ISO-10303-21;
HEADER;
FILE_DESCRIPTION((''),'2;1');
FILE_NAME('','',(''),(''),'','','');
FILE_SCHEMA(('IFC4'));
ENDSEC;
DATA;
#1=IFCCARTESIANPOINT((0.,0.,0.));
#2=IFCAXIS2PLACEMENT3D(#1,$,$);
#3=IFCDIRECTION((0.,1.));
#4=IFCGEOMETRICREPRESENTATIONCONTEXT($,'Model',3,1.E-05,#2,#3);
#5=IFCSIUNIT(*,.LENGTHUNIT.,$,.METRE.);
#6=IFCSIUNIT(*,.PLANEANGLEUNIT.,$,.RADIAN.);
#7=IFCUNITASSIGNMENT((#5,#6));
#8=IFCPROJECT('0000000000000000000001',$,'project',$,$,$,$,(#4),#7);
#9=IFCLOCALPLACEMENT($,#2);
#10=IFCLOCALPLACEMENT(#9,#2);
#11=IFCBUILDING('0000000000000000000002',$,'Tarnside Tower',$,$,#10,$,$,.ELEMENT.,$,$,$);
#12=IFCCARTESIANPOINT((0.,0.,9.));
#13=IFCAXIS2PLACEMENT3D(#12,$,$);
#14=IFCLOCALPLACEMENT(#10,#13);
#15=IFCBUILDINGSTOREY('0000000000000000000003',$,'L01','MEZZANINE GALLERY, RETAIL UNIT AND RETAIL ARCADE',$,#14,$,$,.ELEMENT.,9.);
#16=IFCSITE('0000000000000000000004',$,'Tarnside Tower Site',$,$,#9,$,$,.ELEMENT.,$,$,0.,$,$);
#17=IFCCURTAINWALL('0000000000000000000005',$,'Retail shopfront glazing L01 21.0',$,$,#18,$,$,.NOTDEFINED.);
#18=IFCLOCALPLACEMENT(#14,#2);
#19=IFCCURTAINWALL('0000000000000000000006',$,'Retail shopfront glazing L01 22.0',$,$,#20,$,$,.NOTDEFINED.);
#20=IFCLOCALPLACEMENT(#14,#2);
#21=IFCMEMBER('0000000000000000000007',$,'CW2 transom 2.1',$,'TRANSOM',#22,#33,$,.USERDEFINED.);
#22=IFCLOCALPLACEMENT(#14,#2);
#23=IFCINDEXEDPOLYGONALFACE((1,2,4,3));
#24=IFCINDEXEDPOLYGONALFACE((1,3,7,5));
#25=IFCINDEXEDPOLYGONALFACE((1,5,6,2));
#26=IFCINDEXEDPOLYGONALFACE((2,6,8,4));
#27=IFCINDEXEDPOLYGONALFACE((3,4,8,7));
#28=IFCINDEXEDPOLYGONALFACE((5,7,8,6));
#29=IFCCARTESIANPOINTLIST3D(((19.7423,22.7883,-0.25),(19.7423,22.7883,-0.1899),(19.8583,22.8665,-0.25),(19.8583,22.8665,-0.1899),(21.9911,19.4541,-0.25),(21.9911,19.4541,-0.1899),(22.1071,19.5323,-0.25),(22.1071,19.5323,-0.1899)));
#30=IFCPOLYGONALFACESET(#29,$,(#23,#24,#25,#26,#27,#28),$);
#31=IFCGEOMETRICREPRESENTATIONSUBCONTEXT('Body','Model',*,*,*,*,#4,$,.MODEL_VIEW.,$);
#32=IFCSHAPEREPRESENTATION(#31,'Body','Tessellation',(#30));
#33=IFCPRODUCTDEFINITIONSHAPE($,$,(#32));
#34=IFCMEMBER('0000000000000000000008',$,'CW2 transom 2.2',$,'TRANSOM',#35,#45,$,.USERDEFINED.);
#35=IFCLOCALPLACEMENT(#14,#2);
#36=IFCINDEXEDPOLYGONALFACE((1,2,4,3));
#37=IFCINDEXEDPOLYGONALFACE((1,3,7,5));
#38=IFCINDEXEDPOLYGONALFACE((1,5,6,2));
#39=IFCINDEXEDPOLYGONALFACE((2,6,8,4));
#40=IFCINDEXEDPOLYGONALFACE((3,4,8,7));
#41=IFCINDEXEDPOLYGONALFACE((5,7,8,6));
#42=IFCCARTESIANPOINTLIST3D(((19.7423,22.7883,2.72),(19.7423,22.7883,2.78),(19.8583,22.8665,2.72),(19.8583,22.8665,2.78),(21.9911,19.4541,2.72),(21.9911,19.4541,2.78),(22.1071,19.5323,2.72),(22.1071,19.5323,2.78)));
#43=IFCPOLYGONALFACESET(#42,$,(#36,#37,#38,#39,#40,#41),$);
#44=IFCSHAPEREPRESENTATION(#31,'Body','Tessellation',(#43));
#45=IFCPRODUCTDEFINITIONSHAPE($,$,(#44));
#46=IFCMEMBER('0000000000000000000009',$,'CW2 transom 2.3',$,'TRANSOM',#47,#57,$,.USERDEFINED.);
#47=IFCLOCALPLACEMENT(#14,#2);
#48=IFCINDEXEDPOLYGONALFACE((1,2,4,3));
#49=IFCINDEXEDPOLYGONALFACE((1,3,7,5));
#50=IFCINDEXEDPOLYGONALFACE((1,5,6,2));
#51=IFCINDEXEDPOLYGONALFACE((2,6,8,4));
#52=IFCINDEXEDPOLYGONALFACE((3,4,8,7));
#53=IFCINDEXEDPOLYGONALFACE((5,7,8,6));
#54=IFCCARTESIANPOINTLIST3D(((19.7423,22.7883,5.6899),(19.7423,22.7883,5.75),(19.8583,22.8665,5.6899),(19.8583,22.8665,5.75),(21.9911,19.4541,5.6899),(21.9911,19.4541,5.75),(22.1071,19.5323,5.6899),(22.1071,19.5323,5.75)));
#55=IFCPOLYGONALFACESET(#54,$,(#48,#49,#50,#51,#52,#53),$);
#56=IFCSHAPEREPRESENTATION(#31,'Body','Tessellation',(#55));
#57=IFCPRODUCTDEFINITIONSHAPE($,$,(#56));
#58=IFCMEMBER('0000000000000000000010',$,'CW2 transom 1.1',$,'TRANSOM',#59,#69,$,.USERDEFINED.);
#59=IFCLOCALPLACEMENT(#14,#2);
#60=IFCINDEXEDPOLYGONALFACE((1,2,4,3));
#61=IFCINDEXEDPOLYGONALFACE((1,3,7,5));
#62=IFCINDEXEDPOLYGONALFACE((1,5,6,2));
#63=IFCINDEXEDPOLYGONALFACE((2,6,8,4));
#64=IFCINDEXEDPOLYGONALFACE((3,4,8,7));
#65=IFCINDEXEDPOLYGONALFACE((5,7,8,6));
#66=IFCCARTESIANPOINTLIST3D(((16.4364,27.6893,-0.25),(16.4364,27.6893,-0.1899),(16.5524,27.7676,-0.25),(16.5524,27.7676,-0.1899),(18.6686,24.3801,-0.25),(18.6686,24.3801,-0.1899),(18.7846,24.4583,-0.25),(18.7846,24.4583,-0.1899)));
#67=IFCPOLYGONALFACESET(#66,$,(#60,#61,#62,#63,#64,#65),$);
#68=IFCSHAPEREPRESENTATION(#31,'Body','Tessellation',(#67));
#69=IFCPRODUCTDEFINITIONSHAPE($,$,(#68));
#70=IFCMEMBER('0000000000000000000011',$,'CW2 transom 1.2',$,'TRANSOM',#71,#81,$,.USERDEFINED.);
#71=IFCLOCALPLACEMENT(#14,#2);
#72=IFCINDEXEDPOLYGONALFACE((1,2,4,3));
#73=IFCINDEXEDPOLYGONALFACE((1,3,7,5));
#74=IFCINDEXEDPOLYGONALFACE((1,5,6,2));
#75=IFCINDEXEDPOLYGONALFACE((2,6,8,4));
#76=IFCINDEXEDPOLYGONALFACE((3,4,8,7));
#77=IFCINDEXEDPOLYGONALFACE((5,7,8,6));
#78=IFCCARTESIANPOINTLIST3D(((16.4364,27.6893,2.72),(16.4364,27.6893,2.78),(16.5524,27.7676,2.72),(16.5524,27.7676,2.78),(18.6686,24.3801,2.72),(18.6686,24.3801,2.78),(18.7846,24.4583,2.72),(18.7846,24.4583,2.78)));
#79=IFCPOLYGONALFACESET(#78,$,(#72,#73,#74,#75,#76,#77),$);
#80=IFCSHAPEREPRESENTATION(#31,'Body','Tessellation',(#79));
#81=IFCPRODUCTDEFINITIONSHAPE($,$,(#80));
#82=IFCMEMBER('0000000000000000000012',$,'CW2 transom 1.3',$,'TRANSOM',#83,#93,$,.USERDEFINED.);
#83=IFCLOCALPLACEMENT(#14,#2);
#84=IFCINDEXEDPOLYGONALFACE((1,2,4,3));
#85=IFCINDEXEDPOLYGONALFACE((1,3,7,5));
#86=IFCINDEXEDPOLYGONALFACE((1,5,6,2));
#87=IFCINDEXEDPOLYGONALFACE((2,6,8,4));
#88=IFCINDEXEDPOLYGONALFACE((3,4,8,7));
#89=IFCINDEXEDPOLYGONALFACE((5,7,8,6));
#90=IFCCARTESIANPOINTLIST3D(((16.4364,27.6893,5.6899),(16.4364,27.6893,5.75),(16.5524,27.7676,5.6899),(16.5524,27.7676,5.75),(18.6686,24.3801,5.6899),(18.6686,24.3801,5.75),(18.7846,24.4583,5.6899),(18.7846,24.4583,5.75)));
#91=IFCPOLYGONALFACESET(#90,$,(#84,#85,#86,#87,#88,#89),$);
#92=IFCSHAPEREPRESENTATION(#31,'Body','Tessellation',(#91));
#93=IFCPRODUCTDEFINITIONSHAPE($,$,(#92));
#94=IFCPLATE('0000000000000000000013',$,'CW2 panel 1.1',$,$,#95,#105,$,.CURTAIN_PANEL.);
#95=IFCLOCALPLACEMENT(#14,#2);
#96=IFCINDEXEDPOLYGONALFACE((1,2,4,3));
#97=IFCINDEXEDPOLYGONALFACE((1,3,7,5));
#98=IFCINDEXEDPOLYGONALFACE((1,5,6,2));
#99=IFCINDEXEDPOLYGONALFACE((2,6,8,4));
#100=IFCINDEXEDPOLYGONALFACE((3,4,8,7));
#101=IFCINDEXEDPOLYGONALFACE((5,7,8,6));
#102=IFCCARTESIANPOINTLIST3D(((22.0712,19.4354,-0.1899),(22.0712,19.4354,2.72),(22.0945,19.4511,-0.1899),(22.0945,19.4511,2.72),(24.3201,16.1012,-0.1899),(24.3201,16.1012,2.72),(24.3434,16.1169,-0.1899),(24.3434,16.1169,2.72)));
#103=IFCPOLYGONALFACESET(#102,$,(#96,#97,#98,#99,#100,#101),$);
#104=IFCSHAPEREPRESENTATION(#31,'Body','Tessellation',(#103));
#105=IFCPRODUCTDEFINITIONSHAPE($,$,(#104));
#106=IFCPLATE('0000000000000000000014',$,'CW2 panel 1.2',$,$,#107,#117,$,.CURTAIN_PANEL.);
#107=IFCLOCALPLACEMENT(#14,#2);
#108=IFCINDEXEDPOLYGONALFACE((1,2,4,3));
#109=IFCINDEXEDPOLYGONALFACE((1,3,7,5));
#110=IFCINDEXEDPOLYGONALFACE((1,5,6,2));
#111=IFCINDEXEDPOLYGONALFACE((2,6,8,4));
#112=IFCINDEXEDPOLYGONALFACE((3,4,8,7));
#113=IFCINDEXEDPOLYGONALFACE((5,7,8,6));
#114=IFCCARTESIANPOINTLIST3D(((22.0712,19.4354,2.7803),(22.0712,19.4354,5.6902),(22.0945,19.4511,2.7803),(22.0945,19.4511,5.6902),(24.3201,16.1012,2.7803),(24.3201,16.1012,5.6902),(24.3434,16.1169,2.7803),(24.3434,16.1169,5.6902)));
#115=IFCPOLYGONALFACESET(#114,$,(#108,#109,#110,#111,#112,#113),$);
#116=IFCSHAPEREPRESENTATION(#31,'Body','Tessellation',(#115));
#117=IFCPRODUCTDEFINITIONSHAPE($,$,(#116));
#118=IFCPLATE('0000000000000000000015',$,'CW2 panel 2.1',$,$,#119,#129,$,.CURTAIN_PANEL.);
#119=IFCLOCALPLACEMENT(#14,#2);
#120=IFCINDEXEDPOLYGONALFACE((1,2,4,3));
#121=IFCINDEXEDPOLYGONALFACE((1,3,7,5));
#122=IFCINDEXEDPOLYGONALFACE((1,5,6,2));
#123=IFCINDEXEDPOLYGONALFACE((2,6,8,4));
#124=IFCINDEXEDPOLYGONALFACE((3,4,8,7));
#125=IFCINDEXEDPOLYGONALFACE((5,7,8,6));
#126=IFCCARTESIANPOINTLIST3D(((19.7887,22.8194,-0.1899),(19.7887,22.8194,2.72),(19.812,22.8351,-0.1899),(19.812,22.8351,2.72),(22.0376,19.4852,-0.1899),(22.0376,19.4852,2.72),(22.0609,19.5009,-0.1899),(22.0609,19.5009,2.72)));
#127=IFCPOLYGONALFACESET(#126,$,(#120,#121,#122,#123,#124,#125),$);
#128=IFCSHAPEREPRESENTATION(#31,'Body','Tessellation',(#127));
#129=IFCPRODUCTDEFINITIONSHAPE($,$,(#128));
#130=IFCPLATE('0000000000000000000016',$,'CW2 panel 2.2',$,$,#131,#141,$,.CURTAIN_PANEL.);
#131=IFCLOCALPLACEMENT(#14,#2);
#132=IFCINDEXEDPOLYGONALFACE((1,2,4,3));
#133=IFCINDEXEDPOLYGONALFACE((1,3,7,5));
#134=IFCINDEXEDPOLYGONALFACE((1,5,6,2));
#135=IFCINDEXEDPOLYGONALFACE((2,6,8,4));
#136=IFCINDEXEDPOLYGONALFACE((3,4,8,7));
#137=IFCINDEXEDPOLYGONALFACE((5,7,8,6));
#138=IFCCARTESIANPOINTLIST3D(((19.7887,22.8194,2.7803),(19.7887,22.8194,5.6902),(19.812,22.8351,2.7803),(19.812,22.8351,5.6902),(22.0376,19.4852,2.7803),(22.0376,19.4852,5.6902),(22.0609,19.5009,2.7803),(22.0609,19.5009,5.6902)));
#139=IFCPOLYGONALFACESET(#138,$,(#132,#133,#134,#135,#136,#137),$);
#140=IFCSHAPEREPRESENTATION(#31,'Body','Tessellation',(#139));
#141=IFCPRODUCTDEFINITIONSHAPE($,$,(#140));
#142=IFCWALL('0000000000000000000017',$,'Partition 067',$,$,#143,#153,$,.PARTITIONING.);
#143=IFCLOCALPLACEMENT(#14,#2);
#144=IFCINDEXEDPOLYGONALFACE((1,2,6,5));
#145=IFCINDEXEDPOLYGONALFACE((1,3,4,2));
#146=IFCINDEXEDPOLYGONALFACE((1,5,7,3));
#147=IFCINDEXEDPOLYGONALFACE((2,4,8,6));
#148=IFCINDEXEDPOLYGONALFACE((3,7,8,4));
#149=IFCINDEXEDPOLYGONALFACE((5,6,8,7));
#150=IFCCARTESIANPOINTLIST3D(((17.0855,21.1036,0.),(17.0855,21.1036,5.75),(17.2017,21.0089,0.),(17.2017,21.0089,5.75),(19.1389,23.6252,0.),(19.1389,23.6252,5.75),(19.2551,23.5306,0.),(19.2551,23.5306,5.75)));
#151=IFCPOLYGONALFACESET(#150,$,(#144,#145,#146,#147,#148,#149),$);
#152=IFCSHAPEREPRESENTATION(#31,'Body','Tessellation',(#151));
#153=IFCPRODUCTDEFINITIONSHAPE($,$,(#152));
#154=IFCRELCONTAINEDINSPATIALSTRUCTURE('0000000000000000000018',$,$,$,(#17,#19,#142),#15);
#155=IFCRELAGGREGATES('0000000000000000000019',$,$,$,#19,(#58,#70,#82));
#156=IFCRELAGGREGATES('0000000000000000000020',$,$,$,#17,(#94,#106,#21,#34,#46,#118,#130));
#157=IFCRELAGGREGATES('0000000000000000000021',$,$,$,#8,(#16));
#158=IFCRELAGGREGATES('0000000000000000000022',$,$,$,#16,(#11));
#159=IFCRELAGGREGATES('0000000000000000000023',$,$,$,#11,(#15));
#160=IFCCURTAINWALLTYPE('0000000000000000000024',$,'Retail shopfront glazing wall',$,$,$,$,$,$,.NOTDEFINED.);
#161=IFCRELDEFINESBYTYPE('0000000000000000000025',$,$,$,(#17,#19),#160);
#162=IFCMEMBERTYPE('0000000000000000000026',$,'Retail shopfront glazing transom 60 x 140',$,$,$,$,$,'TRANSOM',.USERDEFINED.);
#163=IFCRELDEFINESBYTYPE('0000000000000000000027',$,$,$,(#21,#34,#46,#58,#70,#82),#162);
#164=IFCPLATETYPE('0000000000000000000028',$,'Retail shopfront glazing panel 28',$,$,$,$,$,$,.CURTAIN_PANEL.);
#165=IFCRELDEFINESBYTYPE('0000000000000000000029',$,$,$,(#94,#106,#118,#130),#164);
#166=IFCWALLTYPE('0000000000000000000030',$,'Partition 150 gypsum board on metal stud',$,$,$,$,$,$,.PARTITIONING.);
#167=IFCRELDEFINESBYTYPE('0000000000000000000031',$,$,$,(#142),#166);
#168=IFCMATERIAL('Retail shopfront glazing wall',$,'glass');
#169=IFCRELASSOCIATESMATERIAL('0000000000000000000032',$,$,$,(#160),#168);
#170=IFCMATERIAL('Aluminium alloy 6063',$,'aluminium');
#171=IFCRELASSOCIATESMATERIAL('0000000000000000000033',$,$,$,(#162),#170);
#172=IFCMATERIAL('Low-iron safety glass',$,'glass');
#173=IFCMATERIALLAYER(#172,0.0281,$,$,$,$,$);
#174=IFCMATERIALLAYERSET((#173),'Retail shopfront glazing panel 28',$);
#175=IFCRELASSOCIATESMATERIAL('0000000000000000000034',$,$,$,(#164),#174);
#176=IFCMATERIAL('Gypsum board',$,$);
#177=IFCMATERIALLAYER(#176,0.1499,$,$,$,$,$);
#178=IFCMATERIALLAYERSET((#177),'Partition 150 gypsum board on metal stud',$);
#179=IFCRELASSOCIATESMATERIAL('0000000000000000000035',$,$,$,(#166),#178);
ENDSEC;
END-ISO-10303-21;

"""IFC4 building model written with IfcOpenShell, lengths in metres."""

from ifc_helpers import new_model, si_unit, direction, frame, frame_2d, origin, origin_2d, place, context, subcontext, project, spatial, rectangle, extrude, material, layer, layer_set, material_profile, profile_set, type_object, element, aggregate, save


model = new_model("IFC4")

# Units and contexts
model_context = context("Model", 3, precision=1e-05, world=origin(), true_north=direction((0.0, 1.0)))
body_context = subcontext(model_context, "Body", "Model", "MODEL_VIEW")
ifc_project = project(units=[si_unit("LENGTHUNIT", "METRE"), si_unit("PLANEANGLEUNIT", "RADIAN")], contexts=[model_context])

# Site, building, storey
site_placement = place(None, origin())
site = spatial("IfcSite", under=ifc_project, at=site_placement, Name="Tarnside Tower Site", CompositionType="ELEMENT", RefElevation=0.0)
building_placement = place(site_placement, origin())
building = spatial("IfcBuilding", under=site, at=building_placement, Name="Tarnside Tower", CompositionType="ELEMENT")
storey_placement = place(building_placement, frame((0.0, 0.0, 9.0)))
storey = spatial("IfcBuildingStorey", under=building, at=storey_placement, Name="L01", Description="MEZZANINE GALLERY, RETAIL UNIT AND RETAIL ARCADE", CompositionType="ELEMENT", Elevation=9.0)

# Curtain wall
ifc_material_1 = material(Name="Retail shopfront glazing wall", Category="glass")
curtain_wall_type = type_object("IfcCurtainWallType", Name="Retail shopfront glazing wall", PredefinedType="NOTDEFINED", material=ifc_material_1)
curtain_wall_1_placement = place(storey_placement, origin())
curtain_wall_1 = element("IfcCurtainWall", 1, at=curtain_wall_1_placement, inside=storey, type_object=curtain_wall_type, Name="Retail shopfront glazing L01 21.0", PredefinedType="NOTDEFINED")
ifc_material_2 = material(Name="Aluminium alloy 6063", Category="aluminium")

# Curtain wall
curtain_wall_2_placement = place(storey_placement, origin())
curtain_wall_2 = element("IfcCurtainWall", 2, at=curtain_wall_2_placement, inside=storey, type_object=curtain_wall_type, Name="Retail shopfront glazing L01 22.0", PredefinedType="NOTDEFINED")

# Members
ifc_material_profile_1 = material_profile(ifc_material_2, rectangle(XDim=0.1399, YDim=0.0601, at=origin_2d()), Name="Retail shopfront glazing transom 60 x 140")
ifc_profile_set_1 = profile_set([ifc_material_profile_1], Name="Aluminium alloy 6063")
member_type_1 = type_object("IfcMemberType", Name="Retail shopfront glazing transom 60 x 140", ElementType="TRANSOM", PredefinedType="USERDEFINED", material=ifc_profile_set_1)
member_1_placement = place(storey_placement, frame((22.0491, 19.4932, -0.22), z_axis=(-0.559161, 0.829059, 0.0), x_axis=(-0.829059, -0.559161, 0.0)))
member_1 = element("IfcMember", 3, at=member_1_placement, type_object=member_type_1, Name="CW2 transom 2.1", ObjectType="TRANSOM", PredefinedType="USERDEFINED", context=body_context, shape_type="SweptSolid", body=[
    extrude(rectangle(XDim=0.1399, YDim=0.0601, at=origin_2d()), origin(), (0.0, 0.0, 1.0), 4.0217),
])
member_2_placement = place(storey_placement, frame((22.0491, 19.4932, 2.75), z_axis=(-0.559161, 0.829059, 0.0), x_axis=(-0.829059, -0.559161, 0.0)))
member_2 = element("IfcMember", 4, at=member_2_placement, type_object=member_type_1, Name="CW2 transom 2.2", ObjectType="TRANSOM", PredefinedType="USERDEFINED", context=body_context, shape_type="SweptSolid", body=[
    extrude(rectangle(XDim=0.1399, YDim=0.0601, at=origin_2d()), origin(), (0.0, 0.0, 1.0), 4.0217),
])
member_3_placement = place(storey_placement, frame((22.0491, 19.4932, 5.72), z_axis=(-0.559161, 0.829059, 0.0), x_axis=(-0.829059, -0.559161, 0.0)))
member_3 = element("IfcMember", 5, at=member_3_placement, type_object=member_type_1, Name="CW2 transom 2.3", ObjectType="TRANSOM", PredefinedType="USERDEFINED", context=body_context, shape_type="SweptSolid", body=[
    extrude(rectangle(XDim=0.1399, YDim=0.0601, at=origin_2d()), origin(), (0.0, 0.0, 1.0), 4.0217),
])
member_4_placement = place(storey_placement, frame((18.7266, 24.4192, -0.22), z_axis=(-0.559194, 0.829037, 0.0), x_axis=(-0.829037, -0.559194, 0.0)))
member_4 = element("IfcMember", 6, at=member_4_placement, type_object=member_type_1, Name="CW2 transom 1.1", ObjectType="TRANSOM", PredefinedType="USERDEFINED", context=body_context, shape_type="SweptSolid", body=[
    extrude(rectangle(XDim=0.1399, YDim=0.0601, at=origin_2d()), origin(), (0.0, 0.0, 1.0), 3.9917),
])
member_5_placement = place(storey_placement, frame((18.7266, 24.4192, 2.75), z_axis=(-0.559194, 0.829037, 0.0), x_axis=(-0.829037, -0.559194, 0.0)))
member_5 = element("IfcMember", 7, at=member_5_placement, type_object=member_type_1, Name="CW2 transom 1.2", ObjectType="TRANSOM", PredefinedType="USERDEFINED", context=body_context, shape_type="SweptSolid", body=[
    extrude(rectangle(XDim=0.1399, YDim=0.0601, at=origin_2d()), origin(), (0.0, 0.0, 1.0), 3.9917),
])
member_6_placement = place(storey_placement, frame((18.7266, 24.4192, 5.72), z_axis=(-0.559194, 0.829037, 0.0), x_axis=(-0.829037, -0.559194, 0.0)))
member_6 = element("IfcMember", 8, at=member_6_placement, type_object=member_type_1, Name="CW2 transom 1.3", ObjectType="TRANSOM", PredefinedType="USERDEFINED", context=body_context, shape_type="SweptSolid", body=[
    extrude(rectangle(XDim=0.1399, YDim=0.0601, at=origin_2d()), origin(), (0.0, 0.0, 1.0), 3.9917),
])
aggregate(curtain_wall_2, [member_4, member_5, member_6])

# Plates
ifc_material_3 = material(Name="Low-iron safety glass", Category="glass")
ifc_layer_1 = layer(ifc_material_3, 0.0281)
ifc_layer_set_1 = layer_set([ifc_layer_1], Name="Retail shopfront glazing panel 28")
plate_type = type_object("IfcPlateType", Name="Retail shopfront glazing panel 28", PredefinedType="CURTAIN_PANEL", material=ifc_layer_set_1)
plate_1_placement = place(storey_placement, frame((23.2073, 17.7761, -0.1899), z_axis=(0.0, 0.0, 1.0), x_axis=(-0.559193, 0.829038, 0.0)))
plate_1 = element("IfcPlate", 9, at=plate_1_placement, type_object=plate_type, Name="CW2 panel 1.1", PredefinedType="CURTAIN_PANEL", context=body_context, shape_type="SweptSolid", body=[
    extrude(rectangle(XDim=4.0217, YDim=0.0281, at=origin_2d()), origin(), (0.0, 0.0, 1.0), 2.9099),
])
plate_2_placement = place(storey_placement, frame((23.2073, 17.7761, 2.7803), z_axis=(0.0, 0.0, 1.0), x_axis=(-0.559193, 0.829038, 0.0)))
plate_2 = element("IfcPlate", 10, at=plate_2_placement, type_object=plate_type, Name="CW2 panel 1.2", PredefinedType="CURTAIN_PANEL", context=body_context, shape_type="SweptSolid", body=[
    extrude(rectangle(XDim=4.0217, YDim=0.0281, at=origin_2d()), origin(), (0.0, 0.0, 1.0), 2.9099),
])
plate_3_placement = place(storey_placement, frame((20.9248, 21.1602, -0.1899), z_axis=(0.0, 0.0, 1.0), x_axis=(-0.559193, 0.829038, 0.0)))
plate_3 = element("IfcPlate", 11, at=plate_3_placement, type_object=plate_type, Name="CW2 panel 2.1", PredefinedType="CURTAIN_PANEL", context=body_context, shape_type="SweptSolid", body=[
    extrude(rectangle(XDim=4.0217, YDim=0.0281, at=origin_2d()), origin(), (0.0, 0.0, 1.0), 2.9099),
])
plate_4_placement = place(storey_placement, frame((20.9248, 21.1602, 2.7803), z_axis=(0.0, 0.0, 1.0), x_axis=(-0.559193, 0.829038, 0.0)))
plate_4 = element("IfcPlate", 12, at=plate_4_placement, type_object=plate_type, Name="CW2 panel 2.2", PredefinedType="CURTAIN_PANEL", context=body_context, shape_type="SweptSolid", body=[
    extrude(rectangle(XDim=4.0217, YDim=0.0281, at=origin_2d()), origin(), (0.0, 0.0, 1.0), 2.9099),
])
aggregate(curtain_wall_1, [plate_1, plate_2, member_1, member_2, member_3, plate_3, plate_4])

# Wall
ifc_material_4 = material(Name="Gypsum board")
ifc_layer_2 = layer(ifc_material_4, 0.1499)
ifc_layer_set_2 = layer_set([ifc_layer_2], Name="Partition 150 gypsum board on metal stud")
wall_type = type_object("IfcWallType", Name="Partition 150 gypsum board on metal stud", PredefinedType="PARTITIONING", material=ifc_layer_set_2)
wall_placement = place(storey_placement, frame((19.197, 23.5779, 0.0), z_axis=(0.0, 0.0, 1.0), x_axis=(-0.631437, -0.775427, 0.0)))
element("IfcWall", 13, at=wall_placement, inside=storey, type_object=wall_type, Name="Partition 067", PredefinedType="PARTITIONING", context=body_context, shape_type="SweptSolid", body=[
    extrude(rectangle(XDim=3.252, YDim=0.1499, at=frame_2d((1.626, 0.0))), origin(), (0.0, 0.0, 1.0), 5.75),
])

save(model, "model.ifc")
